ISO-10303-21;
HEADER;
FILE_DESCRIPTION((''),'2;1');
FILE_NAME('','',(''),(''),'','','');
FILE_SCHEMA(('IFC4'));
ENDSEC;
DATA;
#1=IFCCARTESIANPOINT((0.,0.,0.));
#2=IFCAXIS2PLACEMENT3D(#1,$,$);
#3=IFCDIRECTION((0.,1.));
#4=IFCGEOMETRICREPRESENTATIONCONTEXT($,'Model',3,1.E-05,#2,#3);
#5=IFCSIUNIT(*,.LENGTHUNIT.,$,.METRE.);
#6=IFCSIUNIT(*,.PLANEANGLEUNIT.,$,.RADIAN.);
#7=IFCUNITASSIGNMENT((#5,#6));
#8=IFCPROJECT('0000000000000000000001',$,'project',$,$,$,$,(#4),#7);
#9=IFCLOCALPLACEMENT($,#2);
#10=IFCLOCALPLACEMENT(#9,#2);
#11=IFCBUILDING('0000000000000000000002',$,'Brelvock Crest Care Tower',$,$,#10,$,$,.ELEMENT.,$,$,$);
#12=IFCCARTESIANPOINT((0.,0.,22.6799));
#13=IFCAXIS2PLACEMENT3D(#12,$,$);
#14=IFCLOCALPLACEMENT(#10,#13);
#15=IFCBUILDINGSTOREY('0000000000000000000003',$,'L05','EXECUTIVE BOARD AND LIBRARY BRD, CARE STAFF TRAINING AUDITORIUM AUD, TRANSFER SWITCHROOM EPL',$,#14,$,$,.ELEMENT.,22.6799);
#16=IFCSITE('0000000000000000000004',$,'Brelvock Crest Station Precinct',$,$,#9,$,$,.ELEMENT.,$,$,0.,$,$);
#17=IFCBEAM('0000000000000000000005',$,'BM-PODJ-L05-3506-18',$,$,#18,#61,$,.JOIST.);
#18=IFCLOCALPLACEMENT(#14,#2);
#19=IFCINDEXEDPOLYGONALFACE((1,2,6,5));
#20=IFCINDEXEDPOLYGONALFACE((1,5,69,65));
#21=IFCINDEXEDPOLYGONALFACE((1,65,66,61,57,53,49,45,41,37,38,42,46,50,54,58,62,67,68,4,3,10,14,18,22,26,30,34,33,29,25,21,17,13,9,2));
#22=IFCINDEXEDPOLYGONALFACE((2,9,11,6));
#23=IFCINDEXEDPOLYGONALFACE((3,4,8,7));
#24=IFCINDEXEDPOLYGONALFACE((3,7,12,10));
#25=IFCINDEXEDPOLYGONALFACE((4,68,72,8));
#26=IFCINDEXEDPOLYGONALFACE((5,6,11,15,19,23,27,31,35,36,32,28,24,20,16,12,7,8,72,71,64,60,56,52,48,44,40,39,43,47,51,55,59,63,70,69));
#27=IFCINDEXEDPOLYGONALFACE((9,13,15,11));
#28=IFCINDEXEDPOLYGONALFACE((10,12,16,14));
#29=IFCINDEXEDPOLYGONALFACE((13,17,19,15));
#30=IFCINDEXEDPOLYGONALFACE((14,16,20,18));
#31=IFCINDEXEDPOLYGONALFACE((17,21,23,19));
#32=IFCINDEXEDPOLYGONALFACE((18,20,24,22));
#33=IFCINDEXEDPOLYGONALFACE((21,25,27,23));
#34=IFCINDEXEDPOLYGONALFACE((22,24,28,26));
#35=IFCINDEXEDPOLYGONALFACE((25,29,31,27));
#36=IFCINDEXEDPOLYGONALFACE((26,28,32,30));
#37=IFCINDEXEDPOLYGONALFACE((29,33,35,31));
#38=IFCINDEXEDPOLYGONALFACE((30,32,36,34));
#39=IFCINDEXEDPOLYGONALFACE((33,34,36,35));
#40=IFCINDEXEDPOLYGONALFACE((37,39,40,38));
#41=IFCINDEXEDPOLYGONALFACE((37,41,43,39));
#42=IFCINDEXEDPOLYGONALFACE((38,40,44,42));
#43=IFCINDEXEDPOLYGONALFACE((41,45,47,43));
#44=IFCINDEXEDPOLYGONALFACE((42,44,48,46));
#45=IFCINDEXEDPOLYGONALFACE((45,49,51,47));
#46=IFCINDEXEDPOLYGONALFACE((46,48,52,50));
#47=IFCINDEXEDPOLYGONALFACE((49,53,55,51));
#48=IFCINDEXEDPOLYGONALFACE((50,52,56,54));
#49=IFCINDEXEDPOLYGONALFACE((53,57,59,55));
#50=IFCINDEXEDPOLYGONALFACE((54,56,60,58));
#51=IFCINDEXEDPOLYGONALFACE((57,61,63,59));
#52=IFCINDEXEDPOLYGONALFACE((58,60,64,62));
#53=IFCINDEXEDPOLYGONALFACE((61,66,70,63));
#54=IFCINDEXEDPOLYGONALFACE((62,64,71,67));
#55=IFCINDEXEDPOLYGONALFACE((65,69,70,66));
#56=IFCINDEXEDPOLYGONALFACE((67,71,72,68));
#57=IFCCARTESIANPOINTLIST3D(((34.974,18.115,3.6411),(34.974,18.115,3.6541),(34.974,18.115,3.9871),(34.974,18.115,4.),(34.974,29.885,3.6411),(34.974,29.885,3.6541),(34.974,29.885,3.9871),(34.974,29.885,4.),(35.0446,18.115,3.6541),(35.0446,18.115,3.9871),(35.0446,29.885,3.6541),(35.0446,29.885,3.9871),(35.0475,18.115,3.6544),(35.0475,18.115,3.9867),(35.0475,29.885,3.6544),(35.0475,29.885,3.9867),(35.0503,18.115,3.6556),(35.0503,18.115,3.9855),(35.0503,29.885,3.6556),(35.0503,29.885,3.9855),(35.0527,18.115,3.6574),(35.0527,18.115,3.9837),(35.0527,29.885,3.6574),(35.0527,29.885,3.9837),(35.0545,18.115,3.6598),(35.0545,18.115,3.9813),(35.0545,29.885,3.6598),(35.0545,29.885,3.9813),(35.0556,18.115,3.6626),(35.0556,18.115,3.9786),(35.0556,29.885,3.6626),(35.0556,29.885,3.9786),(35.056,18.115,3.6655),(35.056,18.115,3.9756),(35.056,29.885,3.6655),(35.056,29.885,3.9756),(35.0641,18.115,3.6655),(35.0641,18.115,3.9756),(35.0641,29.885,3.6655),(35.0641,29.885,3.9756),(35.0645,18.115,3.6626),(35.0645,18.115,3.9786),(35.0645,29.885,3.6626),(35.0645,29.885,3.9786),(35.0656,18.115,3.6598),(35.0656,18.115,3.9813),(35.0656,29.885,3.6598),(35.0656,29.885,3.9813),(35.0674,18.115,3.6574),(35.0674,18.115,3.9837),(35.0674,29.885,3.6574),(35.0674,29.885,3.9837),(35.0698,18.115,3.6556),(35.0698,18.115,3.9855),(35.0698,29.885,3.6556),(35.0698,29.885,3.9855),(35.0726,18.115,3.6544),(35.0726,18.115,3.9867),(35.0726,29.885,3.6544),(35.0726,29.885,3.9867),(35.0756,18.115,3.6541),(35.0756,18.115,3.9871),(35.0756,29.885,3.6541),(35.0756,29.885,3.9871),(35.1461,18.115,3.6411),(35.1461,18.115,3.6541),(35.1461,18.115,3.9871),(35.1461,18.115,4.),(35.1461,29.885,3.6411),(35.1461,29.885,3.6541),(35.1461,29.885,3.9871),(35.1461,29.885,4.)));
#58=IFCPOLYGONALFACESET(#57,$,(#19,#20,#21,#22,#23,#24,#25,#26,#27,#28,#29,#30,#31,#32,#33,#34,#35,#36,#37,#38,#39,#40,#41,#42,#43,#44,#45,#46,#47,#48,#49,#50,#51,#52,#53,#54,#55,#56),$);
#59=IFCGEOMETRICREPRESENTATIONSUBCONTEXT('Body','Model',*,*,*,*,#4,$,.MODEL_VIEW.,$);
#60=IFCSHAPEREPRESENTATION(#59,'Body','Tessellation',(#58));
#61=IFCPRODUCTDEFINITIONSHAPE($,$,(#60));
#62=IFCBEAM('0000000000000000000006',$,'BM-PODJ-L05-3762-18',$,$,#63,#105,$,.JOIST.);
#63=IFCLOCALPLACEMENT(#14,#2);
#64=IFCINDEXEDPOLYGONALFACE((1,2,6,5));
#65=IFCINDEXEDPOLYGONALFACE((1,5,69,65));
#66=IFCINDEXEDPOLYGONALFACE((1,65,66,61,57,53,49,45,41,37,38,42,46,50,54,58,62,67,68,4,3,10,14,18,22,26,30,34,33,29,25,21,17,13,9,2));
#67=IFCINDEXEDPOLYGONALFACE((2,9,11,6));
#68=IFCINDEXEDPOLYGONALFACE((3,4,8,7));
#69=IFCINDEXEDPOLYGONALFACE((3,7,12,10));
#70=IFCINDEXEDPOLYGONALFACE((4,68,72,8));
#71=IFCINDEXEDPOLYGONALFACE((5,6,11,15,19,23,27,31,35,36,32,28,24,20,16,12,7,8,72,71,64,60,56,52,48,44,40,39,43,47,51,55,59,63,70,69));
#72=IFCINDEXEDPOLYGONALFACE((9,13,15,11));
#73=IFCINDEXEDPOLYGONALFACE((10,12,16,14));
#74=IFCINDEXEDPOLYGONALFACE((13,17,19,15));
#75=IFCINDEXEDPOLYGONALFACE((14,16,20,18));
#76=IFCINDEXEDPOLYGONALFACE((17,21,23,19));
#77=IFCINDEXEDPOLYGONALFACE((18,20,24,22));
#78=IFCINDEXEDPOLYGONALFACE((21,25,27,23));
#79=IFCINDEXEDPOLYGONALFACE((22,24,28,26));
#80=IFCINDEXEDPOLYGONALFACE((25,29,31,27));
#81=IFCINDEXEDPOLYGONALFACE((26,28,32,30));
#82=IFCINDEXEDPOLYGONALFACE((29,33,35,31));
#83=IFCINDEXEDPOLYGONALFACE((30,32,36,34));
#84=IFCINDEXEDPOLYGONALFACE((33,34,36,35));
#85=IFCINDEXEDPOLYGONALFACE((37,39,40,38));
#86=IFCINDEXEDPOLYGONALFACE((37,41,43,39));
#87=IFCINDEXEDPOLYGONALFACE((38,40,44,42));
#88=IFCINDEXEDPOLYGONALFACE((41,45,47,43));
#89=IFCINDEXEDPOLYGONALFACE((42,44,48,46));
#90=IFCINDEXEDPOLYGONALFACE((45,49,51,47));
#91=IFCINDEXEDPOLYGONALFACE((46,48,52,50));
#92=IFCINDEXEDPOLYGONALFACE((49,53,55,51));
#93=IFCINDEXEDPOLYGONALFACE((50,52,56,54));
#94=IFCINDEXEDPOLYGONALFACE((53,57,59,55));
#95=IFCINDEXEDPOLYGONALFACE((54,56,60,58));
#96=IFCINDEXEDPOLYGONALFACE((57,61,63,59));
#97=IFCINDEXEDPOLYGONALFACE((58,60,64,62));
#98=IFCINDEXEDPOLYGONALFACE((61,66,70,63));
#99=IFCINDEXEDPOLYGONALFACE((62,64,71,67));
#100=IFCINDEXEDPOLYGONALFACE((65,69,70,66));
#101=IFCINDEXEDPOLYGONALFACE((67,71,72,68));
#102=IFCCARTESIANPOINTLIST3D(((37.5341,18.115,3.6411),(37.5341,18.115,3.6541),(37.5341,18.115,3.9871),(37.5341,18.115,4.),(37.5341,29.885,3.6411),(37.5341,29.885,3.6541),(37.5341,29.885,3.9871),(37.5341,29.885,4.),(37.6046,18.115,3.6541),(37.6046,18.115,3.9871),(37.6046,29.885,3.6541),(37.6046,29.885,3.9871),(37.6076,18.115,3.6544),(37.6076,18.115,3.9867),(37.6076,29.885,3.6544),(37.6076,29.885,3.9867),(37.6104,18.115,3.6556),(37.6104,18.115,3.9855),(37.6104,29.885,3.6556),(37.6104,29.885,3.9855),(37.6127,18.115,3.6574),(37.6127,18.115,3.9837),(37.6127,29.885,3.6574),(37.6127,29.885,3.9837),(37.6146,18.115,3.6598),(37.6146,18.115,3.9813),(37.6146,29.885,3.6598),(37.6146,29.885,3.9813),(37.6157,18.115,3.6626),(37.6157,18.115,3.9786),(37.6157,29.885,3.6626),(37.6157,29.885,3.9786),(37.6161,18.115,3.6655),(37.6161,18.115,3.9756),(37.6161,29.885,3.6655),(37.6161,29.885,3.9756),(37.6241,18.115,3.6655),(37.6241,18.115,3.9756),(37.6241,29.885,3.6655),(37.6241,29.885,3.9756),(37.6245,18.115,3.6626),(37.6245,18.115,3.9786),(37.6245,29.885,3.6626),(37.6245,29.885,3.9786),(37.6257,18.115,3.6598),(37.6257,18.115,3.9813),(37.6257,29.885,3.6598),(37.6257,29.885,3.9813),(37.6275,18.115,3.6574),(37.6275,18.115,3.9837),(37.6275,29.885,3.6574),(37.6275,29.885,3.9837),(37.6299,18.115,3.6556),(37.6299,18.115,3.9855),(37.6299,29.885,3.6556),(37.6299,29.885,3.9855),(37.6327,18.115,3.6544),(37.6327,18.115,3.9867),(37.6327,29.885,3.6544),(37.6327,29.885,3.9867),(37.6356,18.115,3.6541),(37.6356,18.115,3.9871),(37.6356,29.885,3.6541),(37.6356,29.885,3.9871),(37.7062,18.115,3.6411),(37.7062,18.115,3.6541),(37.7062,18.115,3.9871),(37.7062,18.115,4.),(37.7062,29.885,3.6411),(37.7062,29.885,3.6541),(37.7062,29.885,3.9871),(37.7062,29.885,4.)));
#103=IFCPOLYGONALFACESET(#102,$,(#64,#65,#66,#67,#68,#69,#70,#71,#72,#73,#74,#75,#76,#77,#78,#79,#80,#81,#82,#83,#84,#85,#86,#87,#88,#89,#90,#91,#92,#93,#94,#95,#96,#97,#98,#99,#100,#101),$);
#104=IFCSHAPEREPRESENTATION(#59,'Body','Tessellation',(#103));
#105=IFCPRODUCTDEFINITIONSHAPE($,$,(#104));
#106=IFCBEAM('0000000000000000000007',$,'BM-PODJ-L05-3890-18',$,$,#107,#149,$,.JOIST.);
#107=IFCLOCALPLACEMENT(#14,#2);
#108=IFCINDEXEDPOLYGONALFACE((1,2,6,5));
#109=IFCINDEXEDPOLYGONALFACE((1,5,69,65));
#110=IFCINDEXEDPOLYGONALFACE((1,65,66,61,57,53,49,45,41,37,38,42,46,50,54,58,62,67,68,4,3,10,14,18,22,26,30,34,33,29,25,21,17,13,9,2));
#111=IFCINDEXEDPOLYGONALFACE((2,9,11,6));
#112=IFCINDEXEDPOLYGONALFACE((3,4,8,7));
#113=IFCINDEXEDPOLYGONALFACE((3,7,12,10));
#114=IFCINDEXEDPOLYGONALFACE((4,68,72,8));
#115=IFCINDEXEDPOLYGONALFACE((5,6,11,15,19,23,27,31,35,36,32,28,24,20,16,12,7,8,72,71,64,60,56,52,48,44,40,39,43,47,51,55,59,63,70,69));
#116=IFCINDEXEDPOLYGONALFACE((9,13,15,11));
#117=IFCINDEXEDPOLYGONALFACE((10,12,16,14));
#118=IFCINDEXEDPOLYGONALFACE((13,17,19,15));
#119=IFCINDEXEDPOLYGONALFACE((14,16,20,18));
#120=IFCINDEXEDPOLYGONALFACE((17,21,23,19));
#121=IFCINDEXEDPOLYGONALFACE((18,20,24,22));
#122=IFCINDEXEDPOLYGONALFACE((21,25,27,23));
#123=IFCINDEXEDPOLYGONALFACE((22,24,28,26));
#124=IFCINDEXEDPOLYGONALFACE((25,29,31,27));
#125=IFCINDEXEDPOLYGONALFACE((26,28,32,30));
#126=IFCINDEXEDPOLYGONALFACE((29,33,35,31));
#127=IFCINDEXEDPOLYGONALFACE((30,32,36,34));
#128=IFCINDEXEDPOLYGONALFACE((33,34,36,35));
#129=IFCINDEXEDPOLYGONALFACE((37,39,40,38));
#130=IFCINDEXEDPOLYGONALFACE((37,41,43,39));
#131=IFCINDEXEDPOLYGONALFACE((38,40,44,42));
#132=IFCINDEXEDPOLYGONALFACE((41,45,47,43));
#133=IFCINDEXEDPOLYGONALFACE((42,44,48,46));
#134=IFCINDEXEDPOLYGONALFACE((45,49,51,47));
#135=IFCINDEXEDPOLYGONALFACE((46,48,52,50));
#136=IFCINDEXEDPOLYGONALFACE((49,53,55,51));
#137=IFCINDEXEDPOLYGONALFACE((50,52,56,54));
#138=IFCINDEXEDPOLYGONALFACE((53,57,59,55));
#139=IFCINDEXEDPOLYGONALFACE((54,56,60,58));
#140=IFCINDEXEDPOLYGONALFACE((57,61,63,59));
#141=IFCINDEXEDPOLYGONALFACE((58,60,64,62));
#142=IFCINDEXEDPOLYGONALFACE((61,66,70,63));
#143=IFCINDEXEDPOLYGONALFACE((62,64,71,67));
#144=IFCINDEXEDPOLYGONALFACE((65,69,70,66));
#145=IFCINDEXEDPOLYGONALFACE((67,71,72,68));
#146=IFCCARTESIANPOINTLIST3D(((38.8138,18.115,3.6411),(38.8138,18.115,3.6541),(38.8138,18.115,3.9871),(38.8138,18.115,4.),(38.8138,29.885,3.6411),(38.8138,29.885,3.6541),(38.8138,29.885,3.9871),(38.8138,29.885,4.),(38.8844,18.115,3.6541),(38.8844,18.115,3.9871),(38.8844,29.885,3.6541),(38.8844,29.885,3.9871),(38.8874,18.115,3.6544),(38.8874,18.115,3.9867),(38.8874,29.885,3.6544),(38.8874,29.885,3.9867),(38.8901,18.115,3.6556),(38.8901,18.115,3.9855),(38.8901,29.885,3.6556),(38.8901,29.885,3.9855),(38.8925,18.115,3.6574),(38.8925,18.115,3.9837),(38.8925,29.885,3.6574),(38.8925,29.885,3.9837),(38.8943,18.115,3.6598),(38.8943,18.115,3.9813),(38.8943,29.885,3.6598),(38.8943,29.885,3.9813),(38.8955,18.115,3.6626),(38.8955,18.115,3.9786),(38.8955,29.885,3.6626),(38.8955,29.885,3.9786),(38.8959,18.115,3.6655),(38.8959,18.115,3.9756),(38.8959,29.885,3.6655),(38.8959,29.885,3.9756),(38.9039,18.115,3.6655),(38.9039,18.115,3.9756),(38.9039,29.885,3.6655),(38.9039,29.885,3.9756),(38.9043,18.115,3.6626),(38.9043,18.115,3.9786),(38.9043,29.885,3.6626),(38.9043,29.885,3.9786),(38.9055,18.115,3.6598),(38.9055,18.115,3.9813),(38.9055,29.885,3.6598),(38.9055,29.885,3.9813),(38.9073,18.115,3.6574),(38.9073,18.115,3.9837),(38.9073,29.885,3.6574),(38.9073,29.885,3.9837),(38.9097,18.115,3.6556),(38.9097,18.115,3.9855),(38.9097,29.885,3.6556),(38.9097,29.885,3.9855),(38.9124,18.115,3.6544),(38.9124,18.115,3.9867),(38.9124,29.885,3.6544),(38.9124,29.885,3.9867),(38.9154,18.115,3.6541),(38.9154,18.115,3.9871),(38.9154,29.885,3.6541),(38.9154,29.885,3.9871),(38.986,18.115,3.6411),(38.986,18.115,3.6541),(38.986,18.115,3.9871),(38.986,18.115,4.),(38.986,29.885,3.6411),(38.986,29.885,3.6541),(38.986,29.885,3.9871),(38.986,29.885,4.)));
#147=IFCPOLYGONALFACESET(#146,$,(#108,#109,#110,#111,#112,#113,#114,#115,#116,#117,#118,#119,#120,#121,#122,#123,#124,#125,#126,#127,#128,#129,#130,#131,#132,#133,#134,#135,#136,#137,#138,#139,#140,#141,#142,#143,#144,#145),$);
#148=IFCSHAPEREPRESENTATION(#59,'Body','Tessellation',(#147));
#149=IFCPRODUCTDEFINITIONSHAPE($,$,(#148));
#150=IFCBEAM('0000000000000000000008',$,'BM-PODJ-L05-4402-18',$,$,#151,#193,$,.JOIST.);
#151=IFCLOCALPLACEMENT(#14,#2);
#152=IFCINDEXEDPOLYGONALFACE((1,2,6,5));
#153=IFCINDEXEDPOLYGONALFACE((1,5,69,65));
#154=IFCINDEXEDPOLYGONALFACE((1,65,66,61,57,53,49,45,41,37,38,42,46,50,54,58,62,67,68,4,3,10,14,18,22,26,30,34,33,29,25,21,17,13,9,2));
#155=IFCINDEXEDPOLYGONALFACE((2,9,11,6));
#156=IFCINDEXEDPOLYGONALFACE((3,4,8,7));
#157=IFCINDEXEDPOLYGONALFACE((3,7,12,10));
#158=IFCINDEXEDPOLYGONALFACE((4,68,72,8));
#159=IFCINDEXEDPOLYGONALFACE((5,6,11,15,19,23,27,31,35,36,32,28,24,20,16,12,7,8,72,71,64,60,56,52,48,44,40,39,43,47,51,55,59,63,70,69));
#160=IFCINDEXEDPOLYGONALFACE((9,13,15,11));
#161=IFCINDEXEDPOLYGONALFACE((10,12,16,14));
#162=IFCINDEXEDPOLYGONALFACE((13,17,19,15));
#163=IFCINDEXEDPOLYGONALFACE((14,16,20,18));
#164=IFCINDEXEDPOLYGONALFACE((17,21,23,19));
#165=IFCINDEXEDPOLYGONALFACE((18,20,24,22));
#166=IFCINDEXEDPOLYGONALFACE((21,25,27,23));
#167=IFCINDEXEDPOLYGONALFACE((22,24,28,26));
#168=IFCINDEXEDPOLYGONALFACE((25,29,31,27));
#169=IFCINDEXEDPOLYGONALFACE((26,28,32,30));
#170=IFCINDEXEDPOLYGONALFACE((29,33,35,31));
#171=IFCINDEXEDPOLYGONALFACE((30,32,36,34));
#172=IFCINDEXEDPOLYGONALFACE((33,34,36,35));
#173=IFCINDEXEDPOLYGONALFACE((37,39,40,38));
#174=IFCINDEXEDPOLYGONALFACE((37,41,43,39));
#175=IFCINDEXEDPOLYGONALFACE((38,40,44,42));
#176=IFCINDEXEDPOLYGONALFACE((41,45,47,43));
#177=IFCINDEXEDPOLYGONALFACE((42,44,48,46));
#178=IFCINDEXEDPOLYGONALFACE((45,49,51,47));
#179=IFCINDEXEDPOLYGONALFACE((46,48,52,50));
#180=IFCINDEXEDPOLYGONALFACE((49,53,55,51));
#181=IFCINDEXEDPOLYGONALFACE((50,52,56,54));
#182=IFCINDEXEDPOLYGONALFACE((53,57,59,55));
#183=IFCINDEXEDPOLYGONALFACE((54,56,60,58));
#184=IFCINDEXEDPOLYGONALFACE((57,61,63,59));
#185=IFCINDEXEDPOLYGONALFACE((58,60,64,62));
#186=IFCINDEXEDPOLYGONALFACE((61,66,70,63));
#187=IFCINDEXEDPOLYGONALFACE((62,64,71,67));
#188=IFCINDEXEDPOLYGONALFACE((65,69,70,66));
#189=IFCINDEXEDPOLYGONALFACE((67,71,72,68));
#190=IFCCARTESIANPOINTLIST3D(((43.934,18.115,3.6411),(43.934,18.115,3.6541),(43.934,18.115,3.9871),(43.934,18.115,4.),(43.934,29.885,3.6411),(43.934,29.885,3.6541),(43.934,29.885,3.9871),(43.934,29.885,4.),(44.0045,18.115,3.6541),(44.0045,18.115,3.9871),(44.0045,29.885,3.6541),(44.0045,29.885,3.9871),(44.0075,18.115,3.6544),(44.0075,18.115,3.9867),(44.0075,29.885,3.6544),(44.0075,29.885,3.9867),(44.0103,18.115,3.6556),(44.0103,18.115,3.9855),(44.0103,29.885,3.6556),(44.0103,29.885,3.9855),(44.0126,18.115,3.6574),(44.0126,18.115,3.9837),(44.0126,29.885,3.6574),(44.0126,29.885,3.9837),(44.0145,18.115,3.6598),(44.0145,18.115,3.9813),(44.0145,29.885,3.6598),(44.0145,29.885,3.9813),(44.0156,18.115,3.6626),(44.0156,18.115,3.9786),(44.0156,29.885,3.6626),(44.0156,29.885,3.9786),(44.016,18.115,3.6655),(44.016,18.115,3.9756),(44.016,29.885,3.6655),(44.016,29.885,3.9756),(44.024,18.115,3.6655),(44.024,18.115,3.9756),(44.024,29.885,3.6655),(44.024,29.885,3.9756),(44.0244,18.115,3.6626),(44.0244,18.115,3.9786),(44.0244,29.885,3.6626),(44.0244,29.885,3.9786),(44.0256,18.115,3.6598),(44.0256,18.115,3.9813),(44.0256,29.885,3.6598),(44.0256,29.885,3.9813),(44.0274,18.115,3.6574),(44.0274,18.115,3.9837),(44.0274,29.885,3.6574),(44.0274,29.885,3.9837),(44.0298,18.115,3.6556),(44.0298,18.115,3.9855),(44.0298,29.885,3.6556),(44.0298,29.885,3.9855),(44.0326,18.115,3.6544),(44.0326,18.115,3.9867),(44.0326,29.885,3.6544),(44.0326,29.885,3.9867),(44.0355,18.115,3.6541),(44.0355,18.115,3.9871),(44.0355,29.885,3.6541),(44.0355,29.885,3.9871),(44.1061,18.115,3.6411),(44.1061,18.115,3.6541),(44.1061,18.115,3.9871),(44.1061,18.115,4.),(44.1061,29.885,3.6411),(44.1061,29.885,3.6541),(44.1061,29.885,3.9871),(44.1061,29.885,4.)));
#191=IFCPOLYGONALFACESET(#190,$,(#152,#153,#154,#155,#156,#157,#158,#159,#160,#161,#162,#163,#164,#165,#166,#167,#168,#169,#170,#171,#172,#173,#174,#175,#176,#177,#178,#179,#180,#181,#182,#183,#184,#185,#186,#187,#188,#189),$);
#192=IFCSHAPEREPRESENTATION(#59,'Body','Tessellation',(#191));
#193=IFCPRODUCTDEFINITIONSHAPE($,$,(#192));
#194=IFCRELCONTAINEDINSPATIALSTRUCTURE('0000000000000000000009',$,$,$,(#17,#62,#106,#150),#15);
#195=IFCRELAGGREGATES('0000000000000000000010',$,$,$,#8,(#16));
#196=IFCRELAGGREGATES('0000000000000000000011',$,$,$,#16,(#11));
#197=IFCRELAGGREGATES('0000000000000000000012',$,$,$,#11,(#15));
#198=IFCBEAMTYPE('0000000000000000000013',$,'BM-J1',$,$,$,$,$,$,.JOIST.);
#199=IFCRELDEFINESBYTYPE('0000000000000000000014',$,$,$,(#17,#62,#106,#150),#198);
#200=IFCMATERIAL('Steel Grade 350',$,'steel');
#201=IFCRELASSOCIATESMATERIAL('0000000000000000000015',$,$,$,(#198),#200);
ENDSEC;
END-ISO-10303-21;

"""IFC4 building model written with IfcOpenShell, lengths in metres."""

from ifc_helpers import new_model, si_unit, direction, frame, origin, origin_2d, place, context, subcontext, project, spatial, i_section, extrude, source, transform, mapped, material, material_profile, profile_set, type_object, element, save


model = new_model("IFC4")

# Units and contexts
model_context = context("Model", 3, precision=1e-05, world=origin(), true_north=direction((0.0, 1.0)))
body_context = subcontext(model_context, "Body", "Model", "MODEL_VIEW")
ifc_project = project(units=[si_unit("LENGTHUNIT", "METRE"), si_unit("PLANEANGLEUNIT", "RADIAN")], contexts=[model_context])

# Site, building, storey
site_placement = place(None, origin())
site = spatial("IfcSite", under=ifc_project, at=site_placement, Name="Brelvock Crest Station Precinct", CompositionType="ELEMENT", RefElevation=0.0)
building_placement = place(site_placement, origin())
building = spatial("IfcBuilding", under=site, at=building_placement, Name="Brelvock Crest Care Tower", CompositionType="ELEMENT")
storey_placement = place(building_placement, frame((0.0, 0.0, 22.6799)))
storey = spatial("IfcBuildingStorey", under=building, at=storey_placement, Name="L05", Description="EXECUTIVE BOARD AND LIBRARY BRD, CARE STAFF TRAINING AUDITORIUM AUD, TRANSFER SWITCHROOM EPL", CompositionType="ELEMENT", Elevation=22.6799)

# Shared definitions
ifc_material_1 = material(Name="Steel Grade 350", Category="steel")

# Beams
ifc_material_profile_1 = material_profile(ifc_material_1, i_section(OverallWidth=0.1721, OverallDepth=0.3589, WebThickness=0.0081, FlangeThickness=0.0129, FilletRadius=0.0115, at=origin_2d()), Name="360UB56.7")
ifc_profile_set_1 = profile_set([ifc_material_profile_1], Name="Steel Grade 350")
beam_type_1 = type_object("IfcBeamType", Name="BM-J1", PredefinedType="JOIST", material=ifc_profile_set_1)
shared_shape_1 = source(origin(), body_context, "Body", "SweptSolid", [
    extrude(i_section(OverallWidth=0.1721, OverallDepth=0.3589, WebThickness=0.0081, FlangeThickness=0.0129, FilletRadius=0.0115, at=origin_2d()), origin(), (0.0, 0.0, 1.0), 11.77),
])
for number, where, z_axis, x_axis, name in (
    (1, (35.0601, 18.115, 3.8206), (0.0, 1.0, 0.0), (-1.0, 0.0, 0.0), "BM-PODJ-L05-3506-18"),
    (2, (37.6201, 18.115, 3.8206), (0.0, 1.0, 0.0), (-1.0, 0.0, 0.0), "BM-PODJ-L05-3762-18"),
    (3, (38.8999, 18.115, 3.8206), (0.0, 1.0, 0.0), (-1.0, 0.0, 0.0), "BM-PODJ-L05-3890-18"),
    (4, (44.02, 18.115, 3.8206), (0.0, 1.0, 0.0), (-1.0, 0.0, 0.0), "BM-PODJ-L05-4402-18"),
):
    element("IfcBeam", number, at=place(storey_placement, frame(where, z_axis=z_axis, x_axis=x_axis)), inside=storey, type_object=beam_type_1, Name=name, PredefinedType="JOIST", context=body_context, shape_type="MappedRepresentation", body=[
        mapped(shared_shape_1, transform((0.0, 0.0, 0.0), x_axis=(1.0, 0.0, 0.0), y_axis=(0.0, 1.0, 0.0), z_axis=(0.0, 0.0, 1.0), scale=1.0)),
    ])

save(model, "model.ifc")
